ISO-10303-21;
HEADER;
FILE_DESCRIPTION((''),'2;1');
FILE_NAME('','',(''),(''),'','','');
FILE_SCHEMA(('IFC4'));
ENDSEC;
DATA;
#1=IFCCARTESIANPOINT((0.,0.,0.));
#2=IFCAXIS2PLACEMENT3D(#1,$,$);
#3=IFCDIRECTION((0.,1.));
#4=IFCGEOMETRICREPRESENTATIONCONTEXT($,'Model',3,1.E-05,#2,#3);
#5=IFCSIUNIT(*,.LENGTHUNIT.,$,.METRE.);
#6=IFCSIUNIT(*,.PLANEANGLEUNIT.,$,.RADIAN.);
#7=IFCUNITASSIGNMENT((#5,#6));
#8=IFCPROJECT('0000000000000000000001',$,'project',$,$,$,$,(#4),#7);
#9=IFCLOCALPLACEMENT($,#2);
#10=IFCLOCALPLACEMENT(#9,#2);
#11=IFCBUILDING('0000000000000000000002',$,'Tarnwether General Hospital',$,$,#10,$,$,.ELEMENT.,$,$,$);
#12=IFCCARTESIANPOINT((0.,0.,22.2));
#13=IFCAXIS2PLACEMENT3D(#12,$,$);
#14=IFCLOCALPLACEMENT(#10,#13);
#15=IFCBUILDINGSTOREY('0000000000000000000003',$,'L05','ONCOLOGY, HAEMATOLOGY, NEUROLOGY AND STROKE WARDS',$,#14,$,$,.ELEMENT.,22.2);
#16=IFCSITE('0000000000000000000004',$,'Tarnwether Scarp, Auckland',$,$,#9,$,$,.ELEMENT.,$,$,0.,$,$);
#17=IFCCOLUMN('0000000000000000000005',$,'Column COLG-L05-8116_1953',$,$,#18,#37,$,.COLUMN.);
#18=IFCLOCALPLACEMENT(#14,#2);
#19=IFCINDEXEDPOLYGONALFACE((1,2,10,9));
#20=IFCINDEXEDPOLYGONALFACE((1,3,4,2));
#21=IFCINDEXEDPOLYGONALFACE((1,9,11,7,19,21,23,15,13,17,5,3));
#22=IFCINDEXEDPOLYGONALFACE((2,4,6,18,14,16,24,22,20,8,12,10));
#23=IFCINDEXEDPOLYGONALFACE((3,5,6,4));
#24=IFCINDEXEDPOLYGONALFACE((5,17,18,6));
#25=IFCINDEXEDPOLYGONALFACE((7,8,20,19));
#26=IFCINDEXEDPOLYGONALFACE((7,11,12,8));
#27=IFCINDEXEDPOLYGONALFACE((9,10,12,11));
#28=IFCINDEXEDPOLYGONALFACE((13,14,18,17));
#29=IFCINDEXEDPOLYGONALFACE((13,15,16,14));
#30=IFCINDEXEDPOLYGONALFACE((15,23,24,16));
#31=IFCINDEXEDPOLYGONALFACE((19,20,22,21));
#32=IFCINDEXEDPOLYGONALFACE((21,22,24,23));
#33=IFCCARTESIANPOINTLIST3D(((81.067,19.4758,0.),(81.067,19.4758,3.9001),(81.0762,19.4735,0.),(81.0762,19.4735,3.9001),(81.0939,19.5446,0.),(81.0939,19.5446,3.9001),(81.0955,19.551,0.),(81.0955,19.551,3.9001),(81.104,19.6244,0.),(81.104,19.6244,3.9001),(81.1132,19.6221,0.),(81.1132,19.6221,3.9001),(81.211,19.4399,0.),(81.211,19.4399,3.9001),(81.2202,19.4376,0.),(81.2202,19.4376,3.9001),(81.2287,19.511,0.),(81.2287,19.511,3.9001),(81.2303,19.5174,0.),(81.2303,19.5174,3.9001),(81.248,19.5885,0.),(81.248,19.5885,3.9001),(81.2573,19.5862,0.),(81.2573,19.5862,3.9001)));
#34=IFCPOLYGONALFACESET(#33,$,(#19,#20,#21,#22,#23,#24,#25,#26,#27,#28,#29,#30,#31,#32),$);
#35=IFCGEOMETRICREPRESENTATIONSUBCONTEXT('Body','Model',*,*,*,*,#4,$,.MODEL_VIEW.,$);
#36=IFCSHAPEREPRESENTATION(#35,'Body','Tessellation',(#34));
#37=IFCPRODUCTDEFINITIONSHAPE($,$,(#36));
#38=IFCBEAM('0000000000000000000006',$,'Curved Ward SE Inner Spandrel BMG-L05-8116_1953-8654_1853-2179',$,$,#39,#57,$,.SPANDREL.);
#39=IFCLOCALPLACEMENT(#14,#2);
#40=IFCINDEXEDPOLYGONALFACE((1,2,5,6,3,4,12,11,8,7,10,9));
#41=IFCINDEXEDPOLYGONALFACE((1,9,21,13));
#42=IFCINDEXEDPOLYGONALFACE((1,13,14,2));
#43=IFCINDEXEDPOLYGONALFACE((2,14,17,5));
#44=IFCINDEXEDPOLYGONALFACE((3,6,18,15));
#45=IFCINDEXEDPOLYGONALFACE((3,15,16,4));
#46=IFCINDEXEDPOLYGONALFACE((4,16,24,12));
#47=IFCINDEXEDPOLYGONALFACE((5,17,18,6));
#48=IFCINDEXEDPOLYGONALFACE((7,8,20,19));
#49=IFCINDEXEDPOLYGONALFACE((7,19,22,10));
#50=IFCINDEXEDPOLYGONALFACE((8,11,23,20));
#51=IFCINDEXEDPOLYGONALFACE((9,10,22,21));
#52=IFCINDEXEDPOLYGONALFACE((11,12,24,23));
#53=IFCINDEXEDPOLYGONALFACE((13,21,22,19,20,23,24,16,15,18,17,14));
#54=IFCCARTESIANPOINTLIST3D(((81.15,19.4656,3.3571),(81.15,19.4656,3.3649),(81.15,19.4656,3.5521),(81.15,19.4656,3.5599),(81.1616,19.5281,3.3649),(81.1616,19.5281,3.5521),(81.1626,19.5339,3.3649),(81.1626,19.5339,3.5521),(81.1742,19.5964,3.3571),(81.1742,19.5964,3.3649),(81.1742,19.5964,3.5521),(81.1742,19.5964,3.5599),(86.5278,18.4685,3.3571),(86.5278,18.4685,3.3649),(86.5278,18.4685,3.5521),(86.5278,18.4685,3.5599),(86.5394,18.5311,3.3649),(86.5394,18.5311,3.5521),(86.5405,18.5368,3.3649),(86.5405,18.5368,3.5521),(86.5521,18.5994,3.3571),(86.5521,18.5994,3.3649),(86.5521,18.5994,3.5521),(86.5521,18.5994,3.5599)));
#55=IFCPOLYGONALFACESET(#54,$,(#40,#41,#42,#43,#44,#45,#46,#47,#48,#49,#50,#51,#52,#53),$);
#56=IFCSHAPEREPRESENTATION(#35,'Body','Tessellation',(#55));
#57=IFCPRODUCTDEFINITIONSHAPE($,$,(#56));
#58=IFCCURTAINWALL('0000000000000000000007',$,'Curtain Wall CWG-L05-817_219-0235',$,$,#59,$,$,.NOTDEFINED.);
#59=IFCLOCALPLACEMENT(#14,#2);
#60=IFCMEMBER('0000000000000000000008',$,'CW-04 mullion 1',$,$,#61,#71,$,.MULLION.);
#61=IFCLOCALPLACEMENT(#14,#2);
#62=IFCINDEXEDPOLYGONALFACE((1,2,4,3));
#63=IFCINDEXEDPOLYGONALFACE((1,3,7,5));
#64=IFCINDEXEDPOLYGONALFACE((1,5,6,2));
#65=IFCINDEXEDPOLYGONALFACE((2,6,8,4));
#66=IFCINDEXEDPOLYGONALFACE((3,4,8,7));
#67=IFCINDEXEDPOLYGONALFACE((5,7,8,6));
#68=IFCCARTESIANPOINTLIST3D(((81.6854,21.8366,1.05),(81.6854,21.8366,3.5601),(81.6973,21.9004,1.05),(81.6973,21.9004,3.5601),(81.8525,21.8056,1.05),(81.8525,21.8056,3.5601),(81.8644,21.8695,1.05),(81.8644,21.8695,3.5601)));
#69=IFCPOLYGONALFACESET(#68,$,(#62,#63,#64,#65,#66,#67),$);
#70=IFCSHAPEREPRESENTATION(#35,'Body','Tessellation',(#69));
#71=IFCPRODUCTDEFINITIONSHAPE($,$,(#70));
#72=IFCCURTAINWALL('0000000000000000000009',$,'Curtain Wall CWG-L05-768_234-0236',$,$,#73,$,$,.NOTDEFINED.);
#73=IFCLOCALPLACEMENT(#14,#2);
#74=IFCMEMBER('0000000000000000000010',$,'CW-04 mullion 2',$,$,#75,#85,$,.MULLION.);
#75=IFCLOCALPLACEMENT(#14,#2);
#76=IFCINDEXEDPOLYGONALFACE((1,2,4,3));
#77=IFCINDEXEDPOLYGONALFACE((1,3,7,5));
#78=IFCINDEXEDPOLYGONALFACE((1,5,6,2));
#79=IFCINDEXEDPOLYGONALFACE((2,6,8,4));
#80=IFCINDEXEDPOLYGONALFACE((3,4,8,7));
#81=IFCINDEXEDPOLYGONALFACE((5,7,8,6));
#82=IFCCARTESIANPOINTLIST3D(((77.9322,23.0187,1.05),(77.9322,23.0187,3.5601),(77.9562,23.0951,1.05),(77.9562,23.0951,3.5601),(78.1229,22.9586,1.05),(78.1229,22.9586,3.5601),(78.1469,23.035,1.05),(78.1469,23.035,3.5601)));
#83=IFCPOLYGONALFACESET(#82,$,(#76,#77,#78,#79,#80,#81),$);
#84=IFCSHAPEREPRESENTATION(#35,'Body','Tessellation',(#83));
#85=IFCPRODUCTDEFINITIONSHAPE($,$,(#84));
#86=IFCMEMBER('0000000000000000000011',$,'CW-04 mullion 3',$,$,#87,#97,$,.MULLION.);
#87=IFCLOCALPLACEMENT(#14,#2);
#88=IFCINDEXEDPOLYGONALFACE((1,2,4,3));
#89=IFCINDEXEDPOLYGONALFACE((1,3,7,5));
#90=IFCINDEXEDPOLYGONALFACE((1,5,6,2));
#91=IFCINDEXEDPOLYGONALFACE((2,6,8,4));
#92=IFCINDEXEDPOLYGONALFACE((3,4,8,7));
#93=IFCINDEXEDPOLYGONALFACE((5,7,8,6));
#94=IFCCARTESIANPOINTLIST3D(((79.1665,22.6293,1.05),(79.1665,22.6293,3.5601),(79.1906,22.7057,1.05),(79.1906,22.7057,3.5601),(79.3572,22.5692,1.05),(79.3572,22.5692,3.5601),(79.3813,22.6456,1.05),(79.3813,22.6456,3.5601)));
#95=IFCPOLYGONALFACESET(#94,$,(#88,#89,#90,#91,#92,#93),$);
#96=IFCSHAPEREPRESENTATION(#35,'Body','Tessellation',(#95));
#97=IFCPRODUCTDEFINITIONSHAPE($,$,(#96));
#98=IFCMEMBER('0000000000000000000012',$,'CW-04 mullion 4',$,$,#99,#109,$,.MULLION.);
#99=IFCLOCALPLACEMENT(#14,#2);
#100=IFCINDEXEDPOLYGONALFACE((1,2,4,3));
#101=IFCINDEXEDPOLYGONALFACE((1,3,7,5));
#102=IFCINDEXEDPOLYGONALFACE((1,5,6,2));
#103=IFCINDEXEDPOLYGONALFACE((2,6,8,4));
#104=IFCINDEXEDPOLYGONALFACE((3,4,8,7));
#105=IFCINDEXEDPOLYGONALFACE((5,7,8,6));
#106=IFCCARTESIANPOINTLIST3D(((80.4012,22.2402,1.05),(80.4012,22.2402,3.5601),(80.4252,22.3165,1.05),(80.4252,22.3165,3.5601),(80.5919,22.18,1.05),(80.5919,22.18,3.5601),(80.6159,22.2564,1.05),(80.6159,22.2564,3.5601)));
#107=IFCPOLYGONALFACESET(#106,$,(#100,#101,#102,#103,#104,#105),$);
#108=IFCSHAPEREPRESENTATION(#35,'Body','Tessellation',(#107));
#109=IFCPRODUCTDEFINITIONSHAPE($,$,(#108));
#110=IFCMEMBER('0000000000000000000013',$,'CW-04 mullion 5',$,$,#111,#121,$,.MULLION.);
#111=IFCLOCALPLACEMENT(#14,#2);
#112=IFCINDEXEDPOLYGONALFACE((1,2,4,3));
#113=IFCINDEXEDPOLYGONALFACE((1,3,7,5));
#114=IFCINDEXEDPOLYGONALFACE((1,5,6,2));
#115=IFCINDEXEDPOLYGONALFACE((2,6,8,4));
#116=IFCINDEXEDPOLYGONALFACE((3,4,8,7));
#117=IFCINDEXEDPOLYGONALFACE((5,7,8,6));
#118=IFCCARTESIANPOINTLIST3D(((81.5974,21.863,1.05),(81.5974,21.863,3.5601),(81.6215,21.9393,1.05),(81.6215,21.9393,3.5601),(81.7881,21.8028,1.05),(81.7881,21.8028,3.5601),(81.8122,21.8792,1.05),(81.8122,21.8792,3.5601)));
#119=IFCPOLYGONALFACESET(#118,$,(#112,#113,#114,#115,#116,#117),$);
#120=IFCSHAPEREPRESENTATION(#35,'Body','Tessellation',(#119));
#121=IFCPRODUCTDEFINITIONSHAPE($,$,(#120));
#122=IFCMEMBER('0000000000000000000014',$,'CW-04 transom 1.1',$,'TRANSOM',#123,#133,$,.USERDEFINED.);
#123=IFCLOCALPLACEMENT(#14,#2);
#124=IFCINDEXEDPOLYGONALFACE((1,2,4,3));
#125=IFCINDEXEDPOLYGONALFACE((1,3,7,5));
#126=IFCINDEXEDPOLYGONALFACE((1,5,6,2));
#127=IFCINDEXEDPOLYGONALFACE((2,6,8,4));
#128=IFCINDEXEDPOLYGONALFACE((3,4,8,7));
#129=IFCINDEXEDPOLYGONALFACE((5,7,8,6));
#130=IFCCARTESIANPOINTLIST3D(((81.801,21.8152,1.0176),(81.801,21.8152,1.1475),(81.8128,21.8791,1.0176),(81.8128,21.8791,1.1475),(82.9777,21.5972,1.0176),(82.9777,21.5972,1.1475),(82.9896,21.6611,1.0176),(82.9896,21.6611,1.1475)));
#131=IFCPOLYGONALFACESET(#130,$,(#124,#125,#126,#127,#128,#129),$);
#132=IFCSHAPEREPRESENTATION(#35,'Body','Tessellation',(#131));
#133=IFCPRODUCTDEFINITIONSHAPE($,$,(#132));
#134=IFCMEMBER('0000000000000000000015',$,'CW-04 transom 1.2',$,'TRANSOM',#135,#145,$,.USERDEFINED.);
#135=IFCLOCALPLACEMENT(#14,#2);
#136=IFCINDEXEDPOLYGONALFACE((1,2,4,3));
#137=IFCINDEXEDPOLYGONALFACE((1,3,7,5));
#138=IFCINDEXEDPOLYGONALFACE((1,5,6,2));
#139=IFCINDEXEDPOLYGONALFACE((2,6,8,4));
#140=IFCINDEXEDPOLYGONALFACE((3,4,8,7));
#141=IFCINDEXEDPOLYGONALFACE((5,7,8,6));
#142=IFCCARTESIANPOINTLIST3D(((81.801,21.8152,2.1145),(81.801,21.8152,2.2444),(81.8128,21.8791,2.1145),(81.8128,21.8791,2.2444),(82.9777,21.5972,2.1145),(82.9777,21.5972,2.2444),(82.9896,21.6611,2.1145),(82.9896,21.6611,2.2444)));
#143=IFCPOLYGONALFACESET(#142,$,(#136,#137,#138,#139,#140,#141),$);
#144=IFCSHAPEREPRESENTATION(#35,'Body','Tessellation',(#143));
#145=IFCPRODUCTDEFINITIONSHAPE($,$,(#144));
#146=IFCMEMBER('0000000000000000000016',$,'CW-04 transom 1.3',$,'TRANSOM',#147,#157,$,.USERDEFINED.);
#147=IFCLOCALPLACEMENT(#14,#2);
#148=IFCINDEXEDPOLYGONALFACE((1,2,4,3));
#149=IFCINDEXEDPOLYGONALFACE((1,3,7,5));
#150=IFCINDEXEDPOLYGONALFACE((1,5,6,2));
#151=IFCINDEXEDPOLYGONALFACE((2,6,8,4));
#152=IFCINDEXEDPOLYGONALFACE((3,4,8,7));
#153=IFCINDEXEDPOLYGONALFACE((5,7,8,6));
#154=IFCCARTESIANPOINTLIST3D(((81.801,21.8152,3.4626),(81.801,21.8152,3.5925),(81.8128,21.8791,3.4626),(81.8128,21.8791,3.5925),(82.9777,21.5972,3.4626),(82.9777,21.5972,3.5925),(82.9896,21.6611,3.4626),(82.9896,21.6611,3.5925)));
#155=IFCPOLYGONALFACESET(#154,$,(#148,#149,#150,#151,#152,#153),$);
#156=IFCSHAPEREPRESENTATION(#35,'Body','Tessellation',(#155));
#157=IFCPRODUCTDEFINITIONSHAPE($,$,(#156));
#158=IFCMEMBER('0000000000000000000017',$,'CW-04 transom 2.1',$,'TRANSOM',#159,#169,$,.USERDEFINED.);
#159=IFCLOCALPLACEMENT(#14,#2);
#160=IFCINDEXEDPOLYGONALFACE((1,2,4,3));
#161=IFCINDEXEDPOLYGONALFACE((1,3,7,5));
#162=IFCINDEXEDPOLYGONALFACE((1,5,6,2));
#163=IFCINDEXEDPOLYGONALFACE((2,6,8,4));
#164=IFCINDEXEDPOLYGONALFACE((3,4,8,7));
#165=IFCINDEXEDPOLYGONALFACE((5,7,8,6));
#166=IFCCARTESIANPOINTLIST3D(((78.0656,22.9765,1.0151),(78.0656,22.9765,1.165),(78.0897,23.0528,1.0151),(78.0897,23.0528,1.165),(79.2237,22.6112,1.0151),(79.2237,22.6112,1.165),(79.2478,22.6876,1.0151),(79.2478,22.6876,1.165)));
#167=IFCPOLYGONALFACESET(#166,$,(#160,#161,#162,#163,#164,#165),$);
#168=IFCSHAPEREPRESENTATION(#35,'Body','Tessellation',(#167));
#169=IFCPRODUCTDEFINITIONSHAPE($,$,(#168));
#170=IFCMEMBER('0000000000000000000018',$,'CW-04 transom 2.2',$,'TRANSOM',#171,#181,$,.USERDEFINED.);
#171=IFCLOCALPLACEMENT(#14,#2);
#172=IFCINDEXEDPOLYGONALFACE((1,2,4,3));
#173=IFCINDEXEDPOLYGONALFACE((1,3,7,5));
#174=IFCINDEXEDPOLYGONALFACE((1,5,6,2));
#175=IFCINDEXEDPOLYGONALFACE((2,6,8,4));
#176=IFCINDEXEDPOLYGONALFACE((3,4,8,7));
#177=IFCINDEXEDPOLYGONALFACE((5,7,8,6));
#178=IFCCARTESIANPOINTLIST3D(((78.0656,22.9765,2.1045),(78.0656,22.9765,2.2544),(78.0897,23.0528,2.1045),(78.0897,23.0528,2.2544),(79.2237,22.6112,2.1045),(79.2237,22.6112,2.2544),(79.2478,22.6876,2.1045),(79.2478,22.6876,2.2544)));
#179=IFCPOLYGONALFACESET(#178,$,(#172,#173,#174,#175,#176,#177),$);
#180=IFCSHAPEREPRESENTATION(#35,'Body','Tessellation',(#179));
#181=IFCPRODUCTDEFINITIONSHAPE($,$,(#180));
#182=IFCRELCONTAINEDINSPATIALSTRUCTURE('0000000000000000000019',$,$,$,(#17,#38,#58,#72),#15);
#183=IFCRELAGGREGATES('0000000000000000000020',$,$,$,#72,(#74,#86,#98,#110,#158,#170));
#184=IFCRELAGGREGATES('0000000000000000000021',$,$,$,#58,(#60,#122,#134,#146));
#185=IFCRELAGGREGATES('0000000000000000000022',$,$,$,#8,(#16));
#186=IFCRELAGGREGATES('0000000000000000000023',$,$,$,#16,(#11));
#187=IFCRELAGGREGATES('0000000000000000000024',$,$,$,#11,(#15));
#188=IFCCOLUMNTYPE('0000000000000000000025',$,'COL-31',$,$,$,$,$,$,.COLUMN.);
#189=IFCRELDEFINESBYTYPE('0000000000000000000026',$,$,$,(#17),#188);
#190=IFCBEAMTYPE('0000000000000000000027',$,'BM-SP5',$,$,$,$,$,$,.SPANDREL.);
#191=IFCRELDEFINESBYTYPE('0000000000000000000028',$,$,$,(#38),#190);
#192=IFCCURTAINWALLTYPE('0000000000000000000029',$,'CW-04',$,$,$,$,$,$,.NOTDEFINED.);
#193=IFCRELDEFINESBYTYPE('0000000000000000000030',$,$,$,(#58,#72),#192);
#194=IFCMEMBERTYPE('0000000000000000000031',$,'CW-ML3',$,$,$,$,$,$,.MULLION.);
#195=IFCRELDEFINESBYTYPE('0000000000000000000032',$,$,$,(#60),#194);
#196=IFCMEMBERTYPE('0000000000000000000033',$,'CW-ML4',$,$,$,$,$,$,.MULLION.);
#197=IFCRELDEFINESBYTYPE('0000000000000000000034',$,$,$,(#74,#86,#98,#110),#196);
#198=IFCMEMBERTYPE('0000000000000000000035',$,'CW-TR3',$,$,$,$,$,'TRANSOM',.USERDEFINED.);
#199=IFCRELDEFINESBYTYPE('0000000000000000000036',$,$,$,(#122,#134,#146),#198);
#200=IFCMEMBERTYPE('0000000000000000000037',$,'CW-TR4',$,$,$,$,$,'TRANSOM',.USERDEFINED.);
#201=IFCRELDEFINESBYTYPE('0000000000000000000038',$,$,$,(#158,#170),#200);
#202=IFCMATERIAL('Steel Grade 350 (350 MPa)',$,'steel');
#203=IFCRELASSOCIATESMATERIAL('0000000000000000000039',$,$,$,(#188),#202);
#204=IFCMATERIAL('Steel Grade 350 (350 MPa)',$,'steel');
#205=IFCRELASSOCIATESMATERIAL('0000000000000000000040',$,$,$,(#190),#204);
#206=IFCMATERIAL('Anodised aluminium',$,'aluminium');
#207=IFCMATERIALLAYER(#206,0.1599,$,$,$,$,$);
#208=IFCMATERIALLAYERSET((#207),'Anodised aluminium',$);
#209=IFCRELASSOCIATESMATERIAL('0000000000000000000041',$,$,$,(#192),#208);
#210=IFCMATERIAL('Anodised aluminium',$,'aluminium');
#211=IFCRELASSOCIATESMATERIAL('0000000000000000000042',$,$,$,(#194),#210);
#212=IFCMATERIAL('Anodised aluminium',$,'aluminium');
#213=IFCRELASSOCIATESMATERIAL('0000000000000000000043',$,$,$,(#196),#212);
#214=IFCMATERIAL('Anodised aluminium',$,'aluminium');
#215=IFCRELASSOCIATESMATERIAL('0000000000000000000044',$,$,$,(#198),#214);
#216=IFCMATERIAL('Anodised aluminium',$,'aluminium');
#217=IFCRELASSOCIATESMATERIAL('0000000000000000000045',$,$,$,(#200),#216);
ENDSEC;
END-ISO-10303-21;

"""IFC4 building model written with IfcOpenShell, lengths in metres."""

from ifc_helpers import new_model, si_unit, direction, frame, origin, origin_2d, place, context, subcontext, project, spatial, rectangle, i_section, extrude, material, layer, layer_set, material_profile, profile_set, type_object, element, aggregate, save


model = new_model("IFC4")

# Units and contexts
model_context = context("Model", 3, precision=1e-05, world=origin(), true_north=direction((0.0, 1.0)))
body_context = subcontext(model_context, "Body", "Model", "MODEL_VIEW")
ifc_project = project(units=[si_unit("LENGTHUNIT", "METRE"), si_unit("PLANEANGLEUNIT", "RADIAN")], contexts=[model_context])

# Site, building, storey
site_placement = place(None, origin())
site = spatial("IfcSite", under=ifc_project, at=site_placement, Name="Tarnwether Scarp, Auckland", CompositionType="ELEMENT", RefElevation=0.0)
building_placement = place(site_placement, origin())
building = spatial("IfcBuilding", under=site, at=building_placement, Name="Tarnwether General Hospital", CompositionType="ELEMENT")
storey_placement = place(building_placement, frame((0.0, 0.0, 22.2)))
storey = spatial("IfcBuildingStorey", under=building, at=storey_placement, Name="L05", Description="ONCOLOGY, HAEMATOLOGY, NEUROLOGY AND STROKE WARDS", CompositionType="ELEMENT", Elevation=22.2)

# Column
ifc_material_1 = material(Name="Steel Grade 350 (350 MPa)", Category="steel")
ifc_material_profile_1 = material_profile(ifc_material_1, i_section(OverallWidth=0.1531, OverallDepth=0.158, WebThickness=0.0066, FlangeThickness=0.0095, at=origin_2d()), Name="150UC30.0")
ifc_profile_set_1 = profile_set([ifc_material_profile_1], Name="Steel Grade 350 (350 MPa)")
column_type = type_object("IfcColumnType", Name="COL-31", PredefinedType="COLUMN", material=ifc_profile_set_1)
column_placement = place(storey_placement, frame((81.1621, 19.531, 0.0), z_axis=(0.0, 0.0, 1.0), x_axis=(0.241922, 0.970296, 0.0)))
element("IfcColumn", 1, at=column_placement, inside=storey, type_object=column_type, Name="Column COLG-L05-8116_1953", PredefinedType="COLUMN", context=body_context, shape_type="SweptSolid", body=[
    extrude(i_section(OverallWidth=0.1531, OverallDepth=0.158, WebThickness=0.0066, FlangeThickness=0.0095, at=origin_2d()), origin(), (0.0, 0.0, 1.0), 3.9001),
])

# Beam
ifc_material_2 = material(Name="Steel Grade 350 (350 MPa)", Category="steel")
ifc_material_profile_2 = material_profile(ifc_material_2, i_section(OverallWidth=0.1331, OverallDepth=0.2029, WebThickness=0.0059, FlangeThickness=0.0078, at=origin_2d()), Name="200UB25.4")
ifc_profile_set_2 = profile_set([ifc_material_profile_2], Name="Steel Grade 350 (350 MPa)")
beam_type = type_object("IfcBeamType", Name="BM-SP5", PredefinedType="SPANDREL", material=ifc_profile_set_2)
beam_placement = place(storey_placement, frame((81.1621, 19.531, 3.4585), z_axis=(0.983244, -0.182294, 0.0), x_axis=(0.182294, 0.983244, 0.0)))
element("IfcBeam", 2, at=beam_placement, inside=storey, type_object=beam_type, Name="Curved Ward SE Inner Spandrel BMG-L05-8116_1953-8654_1853-2179", PredefinedType="SPANDREL", context=body_context, shape_type="SweptSolid", body=[
    extrude(i_section(OverallWidth=0.1331, OverallDepth=0.2029, WebThickness=0.0059, FlangeThickness=0.0078, at=origin_2d()), origin(), (0.0, 0.0, 1.0), 5.4695),
])

# Curtain wall, member
ifc_material_3 = material(Name="Anodised aluminium", Category="aluminium")
ifc_layer_1 = layer(ifc_material_3, 0.1599)
ifc_layer_set_1 = layer_set([ifc_layer_1], Name="Anodised aluminium")
curtain_wall_type = type_object("IfcCurtainWallType", Name="CW-04", PredefinedType="NOTDEFINED", material=ifc_layer_set_1)
curtain_wall_1_placement = place(storey_placement, origin())
curtain_wall_1 = element("IfcCurtainWall", 3, at=curtain_wall_1_placement, inside=storey, type_object=curtain_wall_type, Name="Curtain Wall CWG-L05-817_219-0235", PredefinedType="NOTDEFINED")
ifc_material_4 = material(Name="Anodised aluminium", Category="aluminium")
ifc_material_profile_3 = material_profile(ifc_material_4, rectangle(XDim=0.0649, YDim=0.1699, at=origin_2d()), Name="ALU-MUL-65x170")
ifc_profile_set_3 = profile_set([ifc_material_profile_3], Name="Anodised aluminium")
member_type_1 = type_object("IfcMemberType", Name="CW-ML3", PredefinedType="MULLION", material=ifc_profile_set_3)
member_1_placement = place(storey_placement, frame((81.7749, 21.853, 1.05), z_axis=(0.0, 0.0, 1.0), x_axis=(0.182165, 0.983268, 0.0)))
member_1 = element("IfcMember", 4, at=member_1_placement, type_object=member_type_1, Name="CW-04 mullion 1", PredefinedType="MULLION", context=body_context, shape_type="SweptSolid", body=[
    extrude(rectangle(XDim=0.0649, YDim=0.1699, at=origin_2d()), origin(), (0.0, 0.0, 1.0), 2.51),
])

# Curtain wall, members
curtain_wall_2_placement = place(storey_placement, origin())
curtain_wall_2 = element("IfcCurtainWall", 5, at=curtain_wall_2_placement, inside=storey, type_object=curtain_wall_type, Name="Curtain Wall CWG-L05-768_234-0236", PredefinedType="NOTDEFINED")
ifc_material_5 = material(Name="Anodised aluminium", Category="aluminium")
ifc_material_profile_4 = material_profile(ifc_material_5, rectangle(XDim=0.0801, YDim=0.2, at=origin_2d()), Name="ALU-MUL-80x200")
ifc_profile_set_4 = profile_set([ifc_material_profile_4], Name="Anodised aluminium")
member_type_2 = type_object("IfcMemberType", Name="CW-ML4", PredefinedType="MULLION", material=ifc_profile_set_4)
member_2_placement = place(storey_placement, frame((78.0396, 23.0269, 1.05), z_axis=(0.0, 0.0, 1.0), x_axis=(0.300715, 0.953714, 0.0)))
member_2 = element("IfcMember", 6, at=member_2_placement, type_object=member_type_2, Name="CW-04 mullion 2", PredefinedType="MULLION", context=body_context, shape_type="SweptSolid", body=[
    extrude(rectangle(XDim=0.0801, YDim=0.2, at=origin_2d()), origin(), (0.0, 0.0, 1.0), 2.51),
])
member_3_placement = place(storey_placement, frame((79.2739, 22.6375, 1.05), z_axis=(0.0, 0.0, 1.0), x_axis=(0.300715, 0.953714, 0.0)))
member_3 = element("IfcMember", 7, at=member_3_placement, type_object=member_type_2, Name="CW-04 mullion 3", PredefinedType="MULLION", context=body_context, shape_type="SweptSolid", body=[
    extrude(rectangle(XDim=0.0801, YDim=0.2, at=origin_2d()), origin(), (0.0, 0.0, 1.0), 2.51),
])
member_4_placement = place(storey_placement, frame((80.5085, 22.2483, 1.05), z_axis=(0.0, 0.0, 1.0), x_axis=(0.300715, 0.953714, 0.0)))
member_4 = element("IfcMember", 8, at=member_4_placement, type_object=member_type_2, Name="CW-04 mullion 4", PredefinedType="MULLION", context=body_context, shape_type="SweptSolid", body=[
    extrude(rectangle(XDim=0.0801, YDim=0.2, at=origin_2d()), origin(), (0.0, 0.0, 1.0), 2.51),
])
member_5_placement = place(storey_placement, frame((81.7048, 21.8711, 1.05), z_axis=(0.0, 0.0, 1.0), x_axis=(0.300715, 0.953714, 0.0)))
member_5 = element("IfcMember", 9, at=member_5_placement, type_object=member_type_2, Name="CW-04 mullion 5", PredefinedType="MULLION", context=body_context, shape_type="SweptSolid", body=[
    extrude(rectangle(XDim=0.0801, YDim=0.2, at=origin_2d()), origin(), (0.0, 0.0, 1.0), 2.51),
])

# Members
ifc_material_6 = material(Name="Anodised aluminium", Category="aluminium")
ifc_material_profile_5 = material_profile(ifc_material_6, rectangle(XDim=0.0649, YDim=0.1299, at=origin_2d()), Name="ALU-TRN-65x130")
ifc_profile_set_5 = profile_set([ifc_material_profile_5], Name="Anodised aluminium")
member_type_3 = type_object("IfcMemberType", Name="CW-TR3", ElementType="TRANSOM", PredefinedType="USERDEFINED", material=ifc_profile_set_5)
member_6_placement = place(storey_placement, frame((81.8069, 21.8472, 1.0825), z_axis=(0.983267, -0.18217, 0.0), x_axis=(0.18217, 0.983267, 0.0)))
member_6 = element("IfcMember", 10, at=member_6_placement, type_object=member_type_3, Name="CW-04 transom 1.1", ObjectType="TRANSOM", PredefinedType="USERDEFINED", context=body_context, shape_type="SweptSolid", body=[
    extrude(rectangle(XDim=0.0649, YDim=0.1299, at=origin_2d()), origin(), (0.0, 0.0, 1.0), 1.1968),
])
member_7_placement = place(storey_placement, frame((81.8069, 21.8472, 2.1794), z_axis=(0.983267, -0.18217, 0.0), x_axis=(0.18217, 0.983267, 0.0)))
member_7 = element("IfcMember", 11, at=member_7_placement, type_object=member_type_3, Name="CW-04 transom 1.2", ObjectType="TRANSOM", PredefinedType="USERDEFINED", context=body_context, shape_type="SweptSolid", body=[
    extrude(rectangle(XDim=0.0649, YDim=0.1299, at=origin_2d()), origin(), (0.0, 0.0, 1.0), 1.1968),
])
member_8_placement = place(storey_placement, frame((81.8069, 21.8472, 3.5276), z_axis=(0.983267, -0.18217, 0.0), x_axis=(0.18217, 0.983267, 0.0)))
member_8 = element("IfcMember", 12, at=member_8_placement, type_object=member_type_3, Name="CW-04 transom 1.3", ObjectType="TRANSOM", PredefinedType="USERDEFINED", context=body_context, shape_type="SweptSolid", body=[
    extrude(rectangle(XDim=0.0649, YDim=0.1299, at=origin_2d()), origin(), (0.0, 0.0, 1.0), 1.1968),
])
ifc_material_7 = material(Name="Anodised aluminium", Category="aluminium")
ifc_material_profile_6 = material_profile(ifc_material_7, rectangle(XDim=0.0801, YDim=0.1499, at=origin_2d()), Name="ALU-TRN-80x150")
ifc_profile_set_6 = profile_set([ifc_material_profile_6], Name="Anodised aluminium")
member_type_4 = type_object("IfcMemberType", Name="CW-TR4", ElementType="TRANSOM", PredefinedType="USERDEFINED", material=ifc_profile_set_6)
member_9_placement = place(storey_placement, frame((78.0776, 23.0146, 1.0901), z_axis=(0.953704, -0.300746, 0.0), x_axis=(0.300746, 0.953704, 0.0)))
member_9 = element("IfcMember", 13, at=member_9_placement, type_object=member_type_4, Name="CW-04 transom 2.1", ObjectType="TRANSOM", PredefinedType="USERDEFINED", context=body_context, shape_type="SweptSolid", body=[
    extrude(rectangle(XDim=0.0801, YDim=0.1499, at=origin_2d()), origin(), (0.0, 0.0, 1.0), 1.2144),
])
member_10_placement = place(storey_placement, frame((78.0776, 23.0146, 2.1794), z_axis=(0.953704, -0.300746, 0.0), x_axis=(0.300746, 0.953704, 0.0)))
member_10 = element("IfcMember", 14, at=member_10_placement, type_object=member_type_4, Name="CW-04 transom 2.2", ObjectType="TRANSOM", PredefinedType="USERDEFINED", context=body_context, shape_type="SweptSolid", body=[
    extrude(rectangle(XDim=0.0801, YDim=0.1499, at=origin_2d()), origin(), (0.0, 0.0, 1.0), 1.2144),
])

aggregate(curtain_wall_2, [member_2, member_3, member_4, member_5, member_9, member_10])
aggregate(curtain_wall_1, [member_1, member_6, member_7, member_8])

save(model, "model.ifc")
